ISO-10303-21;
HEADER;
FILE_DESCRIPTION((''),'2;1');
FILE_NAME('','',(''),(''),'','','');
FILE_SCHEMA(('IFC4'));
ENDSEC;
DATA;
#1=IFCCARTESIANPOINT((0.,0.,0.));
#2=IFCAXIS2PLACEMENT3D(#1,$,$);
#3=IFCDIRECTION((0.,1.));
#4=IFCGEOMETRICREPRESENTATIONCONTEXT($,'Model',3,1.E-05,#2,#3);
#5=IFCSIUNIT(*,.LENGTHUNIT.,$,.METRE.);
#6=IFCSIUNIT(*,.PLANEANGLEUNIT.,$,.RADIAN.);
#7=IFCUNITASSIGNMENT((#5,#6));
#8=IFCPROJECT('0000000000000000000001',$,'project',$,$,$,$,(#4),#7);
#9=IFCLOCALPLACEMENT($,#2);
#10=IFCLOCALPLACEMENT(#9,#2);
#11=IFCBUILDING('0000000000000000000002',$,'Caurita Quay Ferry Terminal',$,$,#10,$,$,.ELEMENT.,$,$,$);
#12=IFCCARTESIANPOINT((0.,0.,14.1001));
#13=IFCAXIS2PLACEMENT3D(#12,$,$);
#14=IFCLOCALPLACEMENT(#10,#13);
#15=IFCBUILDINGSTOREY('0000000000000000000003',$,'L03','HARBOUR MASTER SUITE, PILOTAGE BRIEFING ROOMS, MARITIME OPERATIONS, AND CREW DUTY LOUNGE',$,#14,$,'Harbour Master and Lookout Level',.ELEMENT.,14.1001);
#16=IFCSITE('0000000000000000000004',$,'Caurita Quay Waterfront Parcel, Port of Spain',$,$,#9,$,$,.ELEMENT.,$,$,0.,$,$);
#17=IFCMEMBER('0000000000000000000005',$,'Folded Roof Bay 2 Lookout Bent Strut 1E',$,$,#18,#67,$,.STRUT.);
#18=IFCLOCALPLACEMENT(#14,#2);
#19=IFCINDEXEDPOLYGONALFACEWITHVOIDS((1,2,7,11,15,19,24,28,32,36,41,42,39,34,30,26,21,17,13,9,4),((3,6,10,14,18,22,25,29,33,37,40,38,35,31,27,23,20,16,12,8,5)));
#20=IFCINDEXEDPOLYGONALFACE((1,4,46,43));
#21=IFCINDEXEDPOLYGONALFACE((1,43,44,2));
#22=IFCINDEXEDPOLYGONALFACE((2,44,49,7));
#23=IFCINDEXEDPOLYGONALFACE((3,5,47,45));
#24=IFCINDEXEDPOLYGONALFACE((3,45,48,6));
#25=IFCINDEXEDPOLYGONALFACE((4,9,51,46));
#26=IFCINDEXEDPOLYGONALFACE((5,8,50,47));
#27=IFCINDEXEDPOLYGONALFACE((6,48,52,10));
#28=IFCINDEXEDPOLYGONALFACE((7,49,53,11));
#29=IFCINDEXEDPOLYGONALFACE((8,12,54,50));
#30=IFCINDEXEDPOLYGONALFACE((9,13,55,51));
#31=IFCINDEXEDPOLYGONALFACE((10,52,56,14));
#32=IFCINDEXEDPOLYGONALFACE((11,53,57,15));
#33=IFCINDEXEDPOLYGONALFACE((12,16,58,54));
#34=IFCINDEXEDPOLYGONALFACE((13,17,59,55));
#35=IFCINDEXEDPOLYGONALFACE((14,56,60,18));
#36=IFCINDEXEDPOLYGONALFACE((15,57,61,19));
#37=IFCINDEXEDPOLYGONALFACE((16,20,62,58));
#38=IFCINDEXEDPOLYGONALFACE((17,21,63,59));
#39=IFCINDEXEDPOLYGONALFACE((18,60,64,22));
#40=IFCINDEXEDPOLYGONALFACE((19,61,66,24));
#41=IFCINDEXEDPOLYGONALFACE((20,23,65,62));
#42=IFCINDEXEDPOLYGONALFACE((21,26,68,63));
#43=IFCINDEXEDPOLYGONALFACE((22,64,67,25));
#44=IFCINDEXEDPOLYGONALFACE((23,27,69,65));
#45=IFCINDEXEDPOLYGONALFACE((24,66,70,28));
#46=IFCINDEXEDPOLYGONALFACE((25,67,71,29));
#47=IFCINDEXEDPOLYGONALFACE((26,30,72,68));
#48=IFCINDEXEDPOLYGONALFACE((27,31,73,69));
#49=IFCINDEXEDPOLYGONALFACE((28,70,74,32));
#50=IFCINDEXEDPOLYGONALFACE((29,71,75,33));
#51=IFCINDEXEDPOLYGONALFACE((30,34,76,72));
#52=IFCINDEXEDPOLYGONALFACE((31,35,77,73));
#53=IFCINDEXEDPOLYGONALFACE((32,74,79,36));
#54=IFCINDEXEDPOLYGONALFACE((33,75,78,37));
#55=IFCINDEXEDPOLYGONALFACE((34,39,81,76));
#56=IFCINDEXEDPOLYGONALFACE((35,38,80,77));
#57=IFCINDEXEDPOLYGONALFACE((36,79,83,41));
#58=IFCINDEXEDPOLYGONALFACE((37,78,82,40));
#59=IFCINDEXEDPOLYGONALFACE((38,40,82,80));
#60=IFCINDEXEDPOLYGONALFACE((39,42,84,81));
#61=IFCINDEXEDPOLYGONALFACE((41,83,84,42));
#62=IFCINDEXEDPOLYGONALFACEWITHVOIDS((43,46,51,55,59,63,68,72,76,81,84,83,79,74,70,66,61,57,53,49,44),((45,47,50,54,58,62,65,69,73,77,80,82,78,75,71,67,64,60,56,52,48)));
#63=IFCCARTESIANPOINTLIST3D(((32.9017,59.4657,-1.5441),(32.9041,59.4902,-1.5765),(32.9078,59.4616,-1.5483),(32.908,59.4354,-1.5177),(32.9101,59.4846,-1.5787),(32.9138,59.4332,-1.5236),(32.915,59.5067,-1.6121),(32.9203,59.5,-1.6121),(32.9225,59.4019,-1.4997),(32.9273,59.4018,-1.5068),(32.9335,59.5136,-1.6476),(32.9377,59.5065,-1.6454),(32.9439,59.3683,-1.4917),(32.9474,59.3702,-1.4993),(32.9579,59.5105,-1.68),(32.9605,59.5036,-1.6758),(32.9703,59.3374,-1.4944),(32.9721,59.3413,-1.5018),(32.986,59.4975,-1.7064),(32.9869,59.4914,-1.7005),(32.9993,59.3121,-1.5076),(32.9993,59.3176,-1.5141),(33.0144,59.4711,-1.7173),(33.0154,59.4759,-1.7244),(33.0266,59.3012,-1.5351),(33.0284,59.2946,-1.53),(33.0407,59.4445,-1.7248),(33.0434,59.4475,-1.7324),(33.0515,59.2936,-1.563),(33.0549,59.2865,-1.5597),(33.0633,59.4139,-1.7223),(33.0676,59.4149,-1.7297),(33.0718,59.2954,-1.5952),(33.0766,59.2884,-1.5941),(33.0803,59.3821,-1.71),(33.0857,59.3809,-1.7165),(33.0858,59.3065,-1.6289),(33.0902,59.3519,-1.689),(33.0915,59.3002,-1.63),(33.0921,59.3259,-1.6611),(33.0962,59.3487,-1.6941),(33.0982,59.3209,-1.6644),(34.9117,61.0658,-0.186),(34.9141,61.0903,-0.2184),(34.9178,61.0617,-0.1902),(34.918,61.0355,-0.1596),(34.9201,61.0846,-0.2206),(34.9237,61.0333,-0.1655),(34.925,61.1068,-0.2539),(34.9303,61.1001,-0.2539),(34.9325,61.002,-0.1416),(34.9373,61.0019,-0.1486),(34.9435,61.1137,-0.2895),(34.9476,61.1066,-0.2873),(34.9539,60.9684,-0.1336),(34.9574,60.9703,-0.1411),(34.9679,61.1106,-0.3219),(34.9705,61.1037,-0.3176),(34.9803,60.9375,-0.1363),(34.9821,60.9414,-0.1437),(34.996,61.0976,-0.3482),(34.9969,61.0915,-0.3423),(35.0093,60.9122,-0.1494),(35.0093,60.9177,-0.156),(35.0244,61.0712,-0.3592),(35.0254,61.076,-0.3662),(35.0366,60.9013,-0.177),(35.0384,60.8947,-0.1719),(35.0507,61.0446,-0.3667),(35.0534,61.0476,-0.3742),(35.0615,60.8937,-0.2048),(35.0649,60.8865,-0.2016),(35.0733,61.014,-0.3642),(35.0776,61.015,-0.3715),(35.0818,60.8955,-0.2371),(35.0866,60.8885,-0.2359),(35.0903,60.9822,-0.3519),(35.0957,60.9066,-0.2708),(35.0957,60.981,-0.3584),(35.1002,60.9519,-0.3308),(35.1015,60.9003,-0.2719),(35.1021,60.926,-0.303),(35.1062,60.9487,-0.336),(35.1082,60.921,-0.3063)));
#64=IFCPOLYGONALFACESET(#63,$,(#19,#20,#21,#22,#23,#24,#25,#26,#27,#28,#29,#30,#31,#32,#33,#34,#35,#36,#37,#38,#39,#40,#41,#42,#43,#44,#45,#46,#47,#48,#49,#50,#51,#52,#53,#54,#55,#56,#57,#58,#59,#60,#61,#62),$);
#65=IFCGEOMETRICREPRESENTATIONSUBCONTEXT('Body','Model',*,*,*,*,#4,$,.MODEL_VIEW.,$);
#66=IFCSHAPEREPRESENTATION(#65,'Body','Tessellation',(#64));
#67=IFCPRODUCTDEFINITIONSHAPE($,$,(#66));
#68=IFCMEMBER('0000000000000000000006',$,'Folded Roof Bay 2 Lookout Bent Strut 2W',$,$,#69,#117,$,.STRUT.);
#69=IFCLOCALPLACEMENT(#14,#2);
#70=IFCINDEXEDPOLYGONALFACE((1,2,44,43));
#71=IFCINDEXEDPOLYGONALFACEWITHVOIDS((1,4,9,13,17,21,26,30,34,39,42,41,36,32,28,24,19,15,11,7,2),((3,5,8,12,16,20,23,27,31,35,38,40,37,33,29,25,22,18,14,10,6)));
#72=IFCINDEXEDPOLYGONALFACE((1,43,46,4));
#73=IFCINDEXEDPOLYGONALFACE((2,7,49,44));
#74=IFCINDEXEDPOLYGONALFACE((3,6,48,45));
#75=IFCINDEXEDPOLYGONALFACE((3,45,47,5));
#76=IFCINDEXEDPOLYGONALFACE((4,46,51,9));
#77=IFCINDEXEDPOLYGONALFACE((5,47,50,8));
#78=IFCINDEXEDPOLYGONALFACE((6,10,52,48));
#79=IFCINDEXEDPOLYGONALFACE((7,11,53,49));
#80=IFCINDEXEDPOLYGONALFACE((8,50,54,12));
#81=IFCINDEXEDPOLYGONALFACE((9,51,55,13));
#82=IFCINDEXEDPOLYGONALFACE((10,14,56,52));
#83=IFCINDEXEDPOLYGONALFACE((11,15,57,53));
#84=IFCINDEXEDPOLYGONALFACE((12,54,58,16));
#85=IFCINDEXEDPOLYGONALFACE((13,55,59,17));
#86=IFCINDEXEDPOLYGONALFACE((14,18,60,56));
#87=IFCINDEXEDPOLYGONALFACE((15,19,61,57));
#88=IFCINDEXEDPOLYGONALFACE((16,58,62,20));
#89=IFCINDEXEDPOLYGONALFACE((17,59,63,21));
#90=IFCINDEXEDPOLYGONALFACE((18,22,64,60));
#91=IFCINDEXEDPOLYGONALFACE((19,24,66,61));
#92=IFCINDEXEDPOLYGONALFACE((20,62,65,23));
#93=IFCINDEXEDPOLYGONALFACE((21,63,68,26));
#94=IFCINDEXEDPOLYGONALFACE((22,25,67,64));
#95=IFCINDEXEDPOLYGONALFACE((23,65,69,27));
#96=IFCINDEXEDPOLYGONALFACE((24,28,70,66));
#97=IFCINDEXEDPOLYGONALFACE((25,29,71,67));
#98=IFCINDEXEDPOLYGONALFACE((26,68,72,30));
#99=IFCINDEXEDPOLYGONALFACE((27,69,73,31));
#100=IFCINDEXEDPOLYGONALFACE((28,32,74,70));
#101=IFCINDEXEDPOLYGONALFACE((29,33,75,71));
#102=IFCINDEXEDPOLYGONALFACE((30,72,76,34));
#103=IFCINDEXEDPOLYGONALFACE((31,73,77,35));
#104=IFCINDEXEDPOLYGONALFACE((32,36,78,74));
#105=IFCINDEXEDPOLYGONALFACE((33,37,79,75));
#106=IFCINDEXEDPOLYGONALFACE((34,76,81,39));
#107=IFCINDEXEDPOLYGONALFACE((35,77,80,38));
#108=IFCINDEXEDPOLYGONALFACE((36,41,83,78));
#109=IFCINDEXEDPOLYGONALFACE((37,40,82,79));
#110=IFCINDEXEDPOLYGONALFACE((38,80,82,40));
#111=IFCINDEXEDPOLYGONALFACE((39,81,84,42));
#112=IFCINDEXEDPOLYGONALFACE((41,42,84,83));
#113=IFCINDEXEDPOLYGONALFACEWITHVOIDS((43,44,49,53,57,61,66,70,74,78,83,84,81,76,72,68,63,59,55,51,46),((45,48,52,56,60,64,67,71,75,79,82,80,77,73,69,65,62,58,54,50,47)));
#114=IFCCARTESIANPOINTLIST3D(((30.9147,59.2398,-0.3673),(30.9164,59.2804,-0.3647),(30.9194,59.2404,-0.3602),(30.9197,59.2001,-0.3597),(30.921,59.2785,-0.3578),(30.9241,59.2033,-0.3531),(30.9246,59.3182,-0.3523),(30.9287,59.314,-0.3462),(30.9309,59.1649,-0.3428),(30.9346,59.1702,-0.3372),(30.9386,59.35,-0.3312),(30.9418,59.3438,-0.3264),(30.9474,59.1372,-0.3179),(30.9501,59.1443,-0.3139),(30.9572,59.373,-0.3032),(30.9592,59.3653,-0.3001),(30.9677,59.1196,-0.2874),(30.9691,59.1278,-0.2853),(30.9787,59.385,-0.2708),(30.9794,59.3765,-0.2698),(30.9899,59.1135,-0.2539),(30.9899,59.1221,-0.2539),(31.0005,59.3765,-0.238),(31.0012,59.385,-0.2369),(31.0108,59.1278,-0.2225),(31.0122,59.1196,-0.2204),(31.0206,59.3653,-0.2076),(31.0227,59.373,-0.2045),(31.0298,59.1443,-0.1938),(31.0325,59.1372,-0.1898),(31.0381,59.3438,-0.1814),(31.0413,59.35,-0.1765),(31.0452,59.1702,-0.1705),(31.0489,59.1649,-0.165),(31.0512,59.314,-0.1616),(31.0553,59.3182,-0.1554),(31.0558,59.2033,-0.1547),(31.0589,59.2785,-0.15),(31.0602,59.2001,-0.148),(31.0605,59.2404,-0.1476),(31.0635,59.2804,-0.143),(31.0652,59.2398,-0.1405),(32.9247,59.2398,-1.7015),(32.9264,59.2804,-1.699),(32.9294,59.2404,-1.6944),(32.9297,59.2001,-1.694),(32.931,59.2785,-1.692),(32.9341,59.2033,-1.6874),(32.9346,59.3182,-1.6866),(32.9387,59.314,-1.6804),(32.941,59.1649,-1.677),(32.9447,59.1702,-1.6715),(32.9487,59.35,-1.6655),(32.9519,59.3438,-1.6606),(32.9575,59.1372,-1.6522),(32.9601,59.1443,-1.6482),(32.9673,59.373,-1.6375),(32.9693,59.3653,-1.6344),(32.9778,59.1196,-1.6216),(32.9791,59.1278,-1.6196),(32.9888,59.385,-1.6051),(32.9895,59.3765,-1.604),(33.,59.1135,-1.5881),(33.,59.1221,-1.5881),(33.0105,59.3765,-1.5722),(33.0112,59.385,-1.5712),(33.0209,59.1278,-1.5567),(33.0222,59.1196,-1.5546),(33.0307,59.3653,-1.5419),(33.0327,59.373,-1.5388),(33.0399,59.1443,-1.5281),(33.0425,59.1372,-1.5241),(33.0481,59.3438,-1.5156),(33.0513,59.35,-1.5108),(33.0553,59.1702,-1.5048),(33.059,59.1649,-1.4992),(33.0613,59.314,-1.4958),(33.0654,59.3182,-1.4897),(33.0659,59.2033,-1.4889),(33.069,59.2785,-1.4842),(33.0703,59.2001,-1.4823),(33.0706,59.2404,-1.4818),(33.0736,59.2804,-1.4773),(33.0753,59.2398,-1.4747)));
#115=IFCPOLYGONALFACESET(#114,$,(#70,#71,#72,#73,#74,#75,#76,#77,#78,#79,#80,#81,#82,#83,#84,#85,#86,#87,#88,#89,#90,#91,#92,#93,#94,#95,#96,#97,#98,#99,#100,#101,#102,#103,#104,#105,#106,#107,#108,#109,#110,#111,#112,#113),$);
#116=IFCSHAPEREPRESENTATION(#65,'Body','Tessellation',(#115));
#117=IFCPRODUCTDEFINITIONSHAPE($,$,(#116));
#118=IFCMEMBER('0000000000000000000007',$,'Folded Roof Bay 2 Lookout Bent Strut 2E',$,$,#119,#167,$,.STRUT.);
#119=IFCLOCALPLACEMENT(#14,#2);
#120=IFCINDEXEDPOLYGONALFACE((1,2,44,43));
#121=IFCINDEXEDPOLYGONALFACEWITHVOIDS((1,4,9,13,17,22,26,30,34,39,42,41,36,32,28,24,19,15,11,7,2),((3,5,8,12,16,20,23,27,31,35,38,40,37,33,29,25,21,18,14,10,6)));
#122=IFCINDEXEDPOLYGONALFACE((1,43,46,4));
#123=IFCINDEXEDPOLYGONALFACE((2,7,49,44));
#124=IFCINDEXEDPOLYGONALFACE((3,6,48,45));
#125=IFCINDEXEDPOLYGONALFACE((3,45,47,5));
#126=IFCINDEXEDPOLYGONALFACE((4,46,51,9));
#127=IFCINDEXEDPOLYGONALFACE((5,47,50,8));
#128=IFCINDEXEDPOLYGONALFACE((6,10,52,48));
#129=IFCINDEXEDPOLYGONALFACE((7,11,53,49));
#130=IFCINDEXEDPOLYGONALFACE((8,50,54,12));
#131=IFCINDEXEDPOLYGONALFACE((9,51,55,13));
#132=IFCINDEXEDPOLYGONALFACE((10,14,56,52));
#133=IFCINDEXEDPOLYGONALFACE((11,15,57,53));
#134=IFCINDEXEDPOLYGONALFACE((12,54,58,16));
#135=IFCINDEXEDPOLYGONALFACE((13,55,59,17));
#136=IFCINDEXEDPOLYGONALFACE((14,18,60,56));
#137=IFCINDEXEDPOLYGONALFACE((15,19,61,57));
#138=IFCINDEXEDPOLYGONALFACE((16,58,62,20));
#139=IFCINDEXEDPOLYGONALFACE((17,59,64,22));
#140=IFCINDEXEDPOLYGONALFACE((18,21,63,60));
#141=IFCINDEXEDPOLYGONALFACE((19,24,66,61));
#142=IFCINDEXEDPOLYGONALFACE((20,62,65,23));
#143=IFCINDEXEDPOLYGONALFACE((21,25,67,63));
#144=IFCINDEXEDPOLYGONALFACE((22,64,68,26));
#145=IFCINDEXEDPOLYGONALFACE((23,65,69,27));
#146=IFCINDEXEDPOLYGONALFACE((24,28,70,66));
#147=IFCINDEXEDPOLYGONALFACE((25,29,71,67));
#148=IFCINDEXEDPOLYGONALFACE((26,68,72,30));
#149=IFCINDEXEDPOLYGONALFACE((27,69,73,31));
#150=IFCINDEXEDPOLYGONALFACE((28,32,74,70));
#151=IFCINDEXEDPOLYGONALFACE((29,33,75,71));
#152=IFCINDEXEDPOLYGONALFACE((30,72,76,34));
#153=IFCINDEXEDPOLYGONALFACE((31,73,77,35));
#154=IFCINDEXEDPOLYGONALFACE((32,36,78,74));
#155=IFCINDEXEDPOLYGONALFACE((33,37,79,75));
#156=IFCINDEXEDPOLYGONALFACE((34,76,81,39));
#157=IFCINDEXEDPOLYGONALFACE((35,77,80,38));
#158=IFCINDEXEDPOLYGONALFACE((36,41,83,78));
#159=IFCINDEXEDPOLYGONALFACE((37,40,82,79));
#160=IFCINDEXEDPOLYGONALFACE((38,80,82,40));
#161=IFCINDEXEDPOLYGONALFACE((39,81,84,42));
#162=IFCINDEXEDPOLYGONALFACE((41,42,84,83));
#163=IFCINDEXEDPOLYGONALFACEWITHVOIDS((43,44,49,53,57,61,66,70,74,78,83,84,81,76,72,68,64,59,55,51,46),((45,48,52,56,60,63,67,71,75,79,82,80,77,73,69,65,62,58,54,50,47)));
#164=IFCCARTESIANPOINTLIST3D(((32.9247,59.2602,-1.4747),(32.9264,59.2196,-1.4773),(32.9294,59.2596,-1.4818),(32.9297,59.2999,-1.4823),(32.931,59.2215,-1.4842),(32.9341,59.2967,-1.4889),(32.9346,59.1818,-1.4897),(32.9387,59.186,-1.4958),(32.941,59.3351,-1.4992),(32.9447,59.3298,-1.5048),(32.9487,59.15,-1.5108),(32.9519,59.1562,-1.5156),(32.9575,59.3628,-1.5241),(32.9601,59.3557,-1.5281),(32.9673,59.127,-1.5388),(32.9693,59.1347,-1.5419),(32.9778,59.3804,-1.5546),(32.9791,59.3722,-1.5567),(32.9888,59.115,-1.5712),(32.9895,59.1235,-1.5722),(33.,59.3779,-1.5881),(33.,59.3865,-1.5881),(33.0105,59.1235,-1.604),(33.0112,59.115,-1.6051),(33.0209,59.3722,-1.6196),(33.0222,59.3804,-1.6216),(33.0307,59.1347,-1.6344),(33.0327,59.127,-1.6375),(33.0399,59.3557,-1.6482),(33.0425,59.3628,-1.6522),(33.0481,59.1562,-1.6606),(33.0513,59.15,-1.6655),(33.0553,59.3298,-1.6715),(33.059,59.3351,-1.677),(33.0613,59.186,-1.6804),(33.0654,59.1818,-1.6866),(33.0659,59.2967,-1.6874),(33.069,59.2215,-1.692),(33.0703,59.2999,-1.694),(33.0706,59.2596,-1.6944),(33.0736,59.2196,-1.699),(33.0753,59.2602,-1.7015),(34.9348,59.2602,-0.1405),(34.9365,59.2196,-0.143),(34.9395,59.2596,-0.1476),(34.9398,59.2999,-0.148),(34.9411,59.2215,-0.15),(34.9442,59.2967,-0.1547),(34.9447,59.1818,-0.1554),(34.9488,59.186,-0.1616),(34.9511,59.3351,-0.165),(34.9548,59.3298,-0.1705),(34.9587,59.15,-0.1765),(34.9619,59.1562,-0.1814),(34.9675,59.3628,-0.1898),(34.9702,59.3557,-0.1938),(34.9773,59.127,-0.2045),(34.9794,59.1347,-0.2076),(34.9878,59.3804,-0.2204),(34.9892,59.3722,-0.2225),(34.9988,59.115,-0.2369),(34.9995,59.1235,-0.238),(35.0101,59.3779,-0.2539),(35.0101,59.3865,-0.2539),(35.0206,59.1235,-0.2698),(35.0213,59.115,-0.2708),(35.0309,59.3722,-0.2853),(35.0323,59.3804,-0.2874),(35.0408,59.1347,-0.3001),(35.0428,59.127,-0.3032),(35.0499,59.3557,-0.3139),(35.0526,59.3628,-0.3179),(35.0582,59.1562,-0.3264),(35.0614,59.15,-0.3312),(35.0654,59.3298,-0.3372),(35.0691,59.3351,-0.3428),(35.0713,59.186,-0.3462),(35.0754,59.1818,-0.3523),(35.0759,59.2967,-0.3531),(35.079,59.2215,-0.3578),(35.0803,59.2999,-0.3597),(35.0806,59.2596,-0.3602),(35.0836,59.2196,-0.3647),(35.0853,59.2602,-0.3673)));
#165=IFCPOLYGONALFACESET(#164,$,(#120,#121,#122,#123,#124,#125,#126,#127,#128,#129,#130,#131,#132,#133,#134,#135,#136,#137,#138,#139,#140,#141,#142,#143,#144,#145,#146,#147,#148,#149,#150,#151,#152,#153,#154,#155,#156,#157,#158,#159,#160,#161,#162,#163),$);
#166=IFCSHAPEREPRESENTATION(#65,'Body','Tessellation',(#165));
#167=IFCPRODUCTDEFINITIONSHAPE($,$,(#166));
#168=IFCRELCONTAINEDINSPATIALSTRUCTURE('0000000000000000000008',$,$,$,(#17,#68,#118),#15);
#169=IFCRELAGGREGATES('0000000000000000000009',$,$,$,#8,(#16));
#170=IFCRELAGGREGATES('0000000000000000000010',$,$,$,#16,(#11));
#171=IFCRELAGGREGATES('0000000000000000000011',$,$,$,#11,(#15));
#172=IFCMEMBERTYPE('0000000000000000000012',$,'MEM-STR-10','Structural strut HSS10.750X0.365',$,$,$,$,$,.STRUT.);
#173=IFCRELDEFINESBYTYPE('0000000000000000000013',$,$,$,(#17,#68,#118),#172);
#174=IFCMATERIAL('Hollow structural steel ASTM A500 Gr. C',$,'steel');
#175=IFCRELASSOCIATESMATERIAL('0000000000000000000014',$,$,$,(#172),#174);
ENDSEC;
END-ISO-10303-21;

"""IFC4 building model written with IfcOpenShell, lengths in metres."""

from ifc_helpers import new_model, si_unit, direction, frame, origin, origin_2d, place, context, subcontext, project, spatial, hollow_circle, extrude, material, material_profile, profile_set, type_object, element, save


model = new_model("IFC4")

# Units and contexts
model_context = context("Model", 3, precision=1e-05, world=origin(), true_north=direction((0.0, 1.0)))
body_context = subcontext(model_context, "Body", "Model", "MODEL_VIEW")
ifc_project = project(units=[si_unit("LENGTHUNIT", "METRE"), si_unit("PLANEANGLEUNIT", "RADIAN")], contexts=[model_context])

# Site, building, storey
site_placement = place(None, origin())
site = spatial("IfcSite", under=ifc_project, at=site_placement, Name="Caurita Quay Waterfront Parcel, Port of Spain", CompositionType="ELEMENT", RefElevation=0.0)
building_placement = place(site_placement, origin())
building = spatial("IfcBuilding", under=site, at=building_placement, Name="Caurita Quay Ferry Terminal", CompositionType="ELEMENT")
storey_placement = place(building_placement, frame((0.0, 0.0, 14.1001)))
storey = spatial("IfcBuildingStorey", under=building, at=storey_placement, Name="L03", Description="HARBOUR MASTER SUITE, PILOTAGE BRIEFING ROOMS, MARITIME OPERATIONS, AND CREW DUTY LOUNGE", LongName="Harbour Master and Lookout Level", CompositionType="ELEMENT", Elevation=14.1001)

# Members
ifc_material_1 = material(Name="Hollow structural steel ASTM A500 Gr. C", Category="steel")
ifc_material_profile_1 = material_profile(ifc_material_1, hollow_circle(Radius=0.1365, WallThickness=0.0085, at=origin_2d()), Name="HSS10.750X0.365")
ifc_profile_set_1 = profile_set([ifc_material_profile_1], Name="Hollow structural steel ASTM A500 Gr. C")
member_type_1 = type_object("IfcMemberType", Name="MEM-STR-10", Description="Structural strut HSS10.750X0.365", PredefinedType="STRUT", material=ifc_profile_set_1)
for number, where, z_axis, x_axis, name in (
    (1, (33.0, 59.3999, -1.6121), (0.691668, 0.550612, 0.467357), (-0.622816, 0.782368, 0.0), "Folded Roof Bay 2 Lookout Bent Strut 1E"),
):
    element("IfcMember", number, at=place(storey_placement, frame(where, z_axis=z_axis, x_axis=x_axis)), inside=storey, type_object=member_type_1, Name=name, PredefinedType="STRUT", context=body_context, shape_type="SweptSolid", body=[
        extrude(hollow_circle(Radius=0.1365, WallThickness=0.0085, at=origin_2d()), origin(), (0.0, 0.0, 1.0), 2.906),
    ])
for number, where, z_axis, x_axis, name in (
    (2, (33.0, 59.25, -1.5881), (-0.833154, 0.0, 0.553041), (0.0, -1.0, 0.0), "Folded Roof Bay 2 Lookout Bent Strut 2W"),
    (3, (33.0, 59.25, -1.5881), (0.833154, 0.0, 0.553041), (0.0, 1.0, 0.0), "Folded Roof Bay 2 Lookout Bent Strut 2E"),
):
    element("IfcMember", number, at=place(storey_placement, frame(where, z_axis=z_axis, x_axis=x_axis)), inside=storey, type_object=member_type_1, Name=name, PredefinedType="STRUT", context=body_context, shape_type="SweptSolid", body=[
        extrude(hollow_circle(Radius=0.1365, WallThickness=0.0085, at=origin_2d()), origin(), (0.0, 0.0, 1.0), 2.4126),
    ])

save(model, "model.ifc")
